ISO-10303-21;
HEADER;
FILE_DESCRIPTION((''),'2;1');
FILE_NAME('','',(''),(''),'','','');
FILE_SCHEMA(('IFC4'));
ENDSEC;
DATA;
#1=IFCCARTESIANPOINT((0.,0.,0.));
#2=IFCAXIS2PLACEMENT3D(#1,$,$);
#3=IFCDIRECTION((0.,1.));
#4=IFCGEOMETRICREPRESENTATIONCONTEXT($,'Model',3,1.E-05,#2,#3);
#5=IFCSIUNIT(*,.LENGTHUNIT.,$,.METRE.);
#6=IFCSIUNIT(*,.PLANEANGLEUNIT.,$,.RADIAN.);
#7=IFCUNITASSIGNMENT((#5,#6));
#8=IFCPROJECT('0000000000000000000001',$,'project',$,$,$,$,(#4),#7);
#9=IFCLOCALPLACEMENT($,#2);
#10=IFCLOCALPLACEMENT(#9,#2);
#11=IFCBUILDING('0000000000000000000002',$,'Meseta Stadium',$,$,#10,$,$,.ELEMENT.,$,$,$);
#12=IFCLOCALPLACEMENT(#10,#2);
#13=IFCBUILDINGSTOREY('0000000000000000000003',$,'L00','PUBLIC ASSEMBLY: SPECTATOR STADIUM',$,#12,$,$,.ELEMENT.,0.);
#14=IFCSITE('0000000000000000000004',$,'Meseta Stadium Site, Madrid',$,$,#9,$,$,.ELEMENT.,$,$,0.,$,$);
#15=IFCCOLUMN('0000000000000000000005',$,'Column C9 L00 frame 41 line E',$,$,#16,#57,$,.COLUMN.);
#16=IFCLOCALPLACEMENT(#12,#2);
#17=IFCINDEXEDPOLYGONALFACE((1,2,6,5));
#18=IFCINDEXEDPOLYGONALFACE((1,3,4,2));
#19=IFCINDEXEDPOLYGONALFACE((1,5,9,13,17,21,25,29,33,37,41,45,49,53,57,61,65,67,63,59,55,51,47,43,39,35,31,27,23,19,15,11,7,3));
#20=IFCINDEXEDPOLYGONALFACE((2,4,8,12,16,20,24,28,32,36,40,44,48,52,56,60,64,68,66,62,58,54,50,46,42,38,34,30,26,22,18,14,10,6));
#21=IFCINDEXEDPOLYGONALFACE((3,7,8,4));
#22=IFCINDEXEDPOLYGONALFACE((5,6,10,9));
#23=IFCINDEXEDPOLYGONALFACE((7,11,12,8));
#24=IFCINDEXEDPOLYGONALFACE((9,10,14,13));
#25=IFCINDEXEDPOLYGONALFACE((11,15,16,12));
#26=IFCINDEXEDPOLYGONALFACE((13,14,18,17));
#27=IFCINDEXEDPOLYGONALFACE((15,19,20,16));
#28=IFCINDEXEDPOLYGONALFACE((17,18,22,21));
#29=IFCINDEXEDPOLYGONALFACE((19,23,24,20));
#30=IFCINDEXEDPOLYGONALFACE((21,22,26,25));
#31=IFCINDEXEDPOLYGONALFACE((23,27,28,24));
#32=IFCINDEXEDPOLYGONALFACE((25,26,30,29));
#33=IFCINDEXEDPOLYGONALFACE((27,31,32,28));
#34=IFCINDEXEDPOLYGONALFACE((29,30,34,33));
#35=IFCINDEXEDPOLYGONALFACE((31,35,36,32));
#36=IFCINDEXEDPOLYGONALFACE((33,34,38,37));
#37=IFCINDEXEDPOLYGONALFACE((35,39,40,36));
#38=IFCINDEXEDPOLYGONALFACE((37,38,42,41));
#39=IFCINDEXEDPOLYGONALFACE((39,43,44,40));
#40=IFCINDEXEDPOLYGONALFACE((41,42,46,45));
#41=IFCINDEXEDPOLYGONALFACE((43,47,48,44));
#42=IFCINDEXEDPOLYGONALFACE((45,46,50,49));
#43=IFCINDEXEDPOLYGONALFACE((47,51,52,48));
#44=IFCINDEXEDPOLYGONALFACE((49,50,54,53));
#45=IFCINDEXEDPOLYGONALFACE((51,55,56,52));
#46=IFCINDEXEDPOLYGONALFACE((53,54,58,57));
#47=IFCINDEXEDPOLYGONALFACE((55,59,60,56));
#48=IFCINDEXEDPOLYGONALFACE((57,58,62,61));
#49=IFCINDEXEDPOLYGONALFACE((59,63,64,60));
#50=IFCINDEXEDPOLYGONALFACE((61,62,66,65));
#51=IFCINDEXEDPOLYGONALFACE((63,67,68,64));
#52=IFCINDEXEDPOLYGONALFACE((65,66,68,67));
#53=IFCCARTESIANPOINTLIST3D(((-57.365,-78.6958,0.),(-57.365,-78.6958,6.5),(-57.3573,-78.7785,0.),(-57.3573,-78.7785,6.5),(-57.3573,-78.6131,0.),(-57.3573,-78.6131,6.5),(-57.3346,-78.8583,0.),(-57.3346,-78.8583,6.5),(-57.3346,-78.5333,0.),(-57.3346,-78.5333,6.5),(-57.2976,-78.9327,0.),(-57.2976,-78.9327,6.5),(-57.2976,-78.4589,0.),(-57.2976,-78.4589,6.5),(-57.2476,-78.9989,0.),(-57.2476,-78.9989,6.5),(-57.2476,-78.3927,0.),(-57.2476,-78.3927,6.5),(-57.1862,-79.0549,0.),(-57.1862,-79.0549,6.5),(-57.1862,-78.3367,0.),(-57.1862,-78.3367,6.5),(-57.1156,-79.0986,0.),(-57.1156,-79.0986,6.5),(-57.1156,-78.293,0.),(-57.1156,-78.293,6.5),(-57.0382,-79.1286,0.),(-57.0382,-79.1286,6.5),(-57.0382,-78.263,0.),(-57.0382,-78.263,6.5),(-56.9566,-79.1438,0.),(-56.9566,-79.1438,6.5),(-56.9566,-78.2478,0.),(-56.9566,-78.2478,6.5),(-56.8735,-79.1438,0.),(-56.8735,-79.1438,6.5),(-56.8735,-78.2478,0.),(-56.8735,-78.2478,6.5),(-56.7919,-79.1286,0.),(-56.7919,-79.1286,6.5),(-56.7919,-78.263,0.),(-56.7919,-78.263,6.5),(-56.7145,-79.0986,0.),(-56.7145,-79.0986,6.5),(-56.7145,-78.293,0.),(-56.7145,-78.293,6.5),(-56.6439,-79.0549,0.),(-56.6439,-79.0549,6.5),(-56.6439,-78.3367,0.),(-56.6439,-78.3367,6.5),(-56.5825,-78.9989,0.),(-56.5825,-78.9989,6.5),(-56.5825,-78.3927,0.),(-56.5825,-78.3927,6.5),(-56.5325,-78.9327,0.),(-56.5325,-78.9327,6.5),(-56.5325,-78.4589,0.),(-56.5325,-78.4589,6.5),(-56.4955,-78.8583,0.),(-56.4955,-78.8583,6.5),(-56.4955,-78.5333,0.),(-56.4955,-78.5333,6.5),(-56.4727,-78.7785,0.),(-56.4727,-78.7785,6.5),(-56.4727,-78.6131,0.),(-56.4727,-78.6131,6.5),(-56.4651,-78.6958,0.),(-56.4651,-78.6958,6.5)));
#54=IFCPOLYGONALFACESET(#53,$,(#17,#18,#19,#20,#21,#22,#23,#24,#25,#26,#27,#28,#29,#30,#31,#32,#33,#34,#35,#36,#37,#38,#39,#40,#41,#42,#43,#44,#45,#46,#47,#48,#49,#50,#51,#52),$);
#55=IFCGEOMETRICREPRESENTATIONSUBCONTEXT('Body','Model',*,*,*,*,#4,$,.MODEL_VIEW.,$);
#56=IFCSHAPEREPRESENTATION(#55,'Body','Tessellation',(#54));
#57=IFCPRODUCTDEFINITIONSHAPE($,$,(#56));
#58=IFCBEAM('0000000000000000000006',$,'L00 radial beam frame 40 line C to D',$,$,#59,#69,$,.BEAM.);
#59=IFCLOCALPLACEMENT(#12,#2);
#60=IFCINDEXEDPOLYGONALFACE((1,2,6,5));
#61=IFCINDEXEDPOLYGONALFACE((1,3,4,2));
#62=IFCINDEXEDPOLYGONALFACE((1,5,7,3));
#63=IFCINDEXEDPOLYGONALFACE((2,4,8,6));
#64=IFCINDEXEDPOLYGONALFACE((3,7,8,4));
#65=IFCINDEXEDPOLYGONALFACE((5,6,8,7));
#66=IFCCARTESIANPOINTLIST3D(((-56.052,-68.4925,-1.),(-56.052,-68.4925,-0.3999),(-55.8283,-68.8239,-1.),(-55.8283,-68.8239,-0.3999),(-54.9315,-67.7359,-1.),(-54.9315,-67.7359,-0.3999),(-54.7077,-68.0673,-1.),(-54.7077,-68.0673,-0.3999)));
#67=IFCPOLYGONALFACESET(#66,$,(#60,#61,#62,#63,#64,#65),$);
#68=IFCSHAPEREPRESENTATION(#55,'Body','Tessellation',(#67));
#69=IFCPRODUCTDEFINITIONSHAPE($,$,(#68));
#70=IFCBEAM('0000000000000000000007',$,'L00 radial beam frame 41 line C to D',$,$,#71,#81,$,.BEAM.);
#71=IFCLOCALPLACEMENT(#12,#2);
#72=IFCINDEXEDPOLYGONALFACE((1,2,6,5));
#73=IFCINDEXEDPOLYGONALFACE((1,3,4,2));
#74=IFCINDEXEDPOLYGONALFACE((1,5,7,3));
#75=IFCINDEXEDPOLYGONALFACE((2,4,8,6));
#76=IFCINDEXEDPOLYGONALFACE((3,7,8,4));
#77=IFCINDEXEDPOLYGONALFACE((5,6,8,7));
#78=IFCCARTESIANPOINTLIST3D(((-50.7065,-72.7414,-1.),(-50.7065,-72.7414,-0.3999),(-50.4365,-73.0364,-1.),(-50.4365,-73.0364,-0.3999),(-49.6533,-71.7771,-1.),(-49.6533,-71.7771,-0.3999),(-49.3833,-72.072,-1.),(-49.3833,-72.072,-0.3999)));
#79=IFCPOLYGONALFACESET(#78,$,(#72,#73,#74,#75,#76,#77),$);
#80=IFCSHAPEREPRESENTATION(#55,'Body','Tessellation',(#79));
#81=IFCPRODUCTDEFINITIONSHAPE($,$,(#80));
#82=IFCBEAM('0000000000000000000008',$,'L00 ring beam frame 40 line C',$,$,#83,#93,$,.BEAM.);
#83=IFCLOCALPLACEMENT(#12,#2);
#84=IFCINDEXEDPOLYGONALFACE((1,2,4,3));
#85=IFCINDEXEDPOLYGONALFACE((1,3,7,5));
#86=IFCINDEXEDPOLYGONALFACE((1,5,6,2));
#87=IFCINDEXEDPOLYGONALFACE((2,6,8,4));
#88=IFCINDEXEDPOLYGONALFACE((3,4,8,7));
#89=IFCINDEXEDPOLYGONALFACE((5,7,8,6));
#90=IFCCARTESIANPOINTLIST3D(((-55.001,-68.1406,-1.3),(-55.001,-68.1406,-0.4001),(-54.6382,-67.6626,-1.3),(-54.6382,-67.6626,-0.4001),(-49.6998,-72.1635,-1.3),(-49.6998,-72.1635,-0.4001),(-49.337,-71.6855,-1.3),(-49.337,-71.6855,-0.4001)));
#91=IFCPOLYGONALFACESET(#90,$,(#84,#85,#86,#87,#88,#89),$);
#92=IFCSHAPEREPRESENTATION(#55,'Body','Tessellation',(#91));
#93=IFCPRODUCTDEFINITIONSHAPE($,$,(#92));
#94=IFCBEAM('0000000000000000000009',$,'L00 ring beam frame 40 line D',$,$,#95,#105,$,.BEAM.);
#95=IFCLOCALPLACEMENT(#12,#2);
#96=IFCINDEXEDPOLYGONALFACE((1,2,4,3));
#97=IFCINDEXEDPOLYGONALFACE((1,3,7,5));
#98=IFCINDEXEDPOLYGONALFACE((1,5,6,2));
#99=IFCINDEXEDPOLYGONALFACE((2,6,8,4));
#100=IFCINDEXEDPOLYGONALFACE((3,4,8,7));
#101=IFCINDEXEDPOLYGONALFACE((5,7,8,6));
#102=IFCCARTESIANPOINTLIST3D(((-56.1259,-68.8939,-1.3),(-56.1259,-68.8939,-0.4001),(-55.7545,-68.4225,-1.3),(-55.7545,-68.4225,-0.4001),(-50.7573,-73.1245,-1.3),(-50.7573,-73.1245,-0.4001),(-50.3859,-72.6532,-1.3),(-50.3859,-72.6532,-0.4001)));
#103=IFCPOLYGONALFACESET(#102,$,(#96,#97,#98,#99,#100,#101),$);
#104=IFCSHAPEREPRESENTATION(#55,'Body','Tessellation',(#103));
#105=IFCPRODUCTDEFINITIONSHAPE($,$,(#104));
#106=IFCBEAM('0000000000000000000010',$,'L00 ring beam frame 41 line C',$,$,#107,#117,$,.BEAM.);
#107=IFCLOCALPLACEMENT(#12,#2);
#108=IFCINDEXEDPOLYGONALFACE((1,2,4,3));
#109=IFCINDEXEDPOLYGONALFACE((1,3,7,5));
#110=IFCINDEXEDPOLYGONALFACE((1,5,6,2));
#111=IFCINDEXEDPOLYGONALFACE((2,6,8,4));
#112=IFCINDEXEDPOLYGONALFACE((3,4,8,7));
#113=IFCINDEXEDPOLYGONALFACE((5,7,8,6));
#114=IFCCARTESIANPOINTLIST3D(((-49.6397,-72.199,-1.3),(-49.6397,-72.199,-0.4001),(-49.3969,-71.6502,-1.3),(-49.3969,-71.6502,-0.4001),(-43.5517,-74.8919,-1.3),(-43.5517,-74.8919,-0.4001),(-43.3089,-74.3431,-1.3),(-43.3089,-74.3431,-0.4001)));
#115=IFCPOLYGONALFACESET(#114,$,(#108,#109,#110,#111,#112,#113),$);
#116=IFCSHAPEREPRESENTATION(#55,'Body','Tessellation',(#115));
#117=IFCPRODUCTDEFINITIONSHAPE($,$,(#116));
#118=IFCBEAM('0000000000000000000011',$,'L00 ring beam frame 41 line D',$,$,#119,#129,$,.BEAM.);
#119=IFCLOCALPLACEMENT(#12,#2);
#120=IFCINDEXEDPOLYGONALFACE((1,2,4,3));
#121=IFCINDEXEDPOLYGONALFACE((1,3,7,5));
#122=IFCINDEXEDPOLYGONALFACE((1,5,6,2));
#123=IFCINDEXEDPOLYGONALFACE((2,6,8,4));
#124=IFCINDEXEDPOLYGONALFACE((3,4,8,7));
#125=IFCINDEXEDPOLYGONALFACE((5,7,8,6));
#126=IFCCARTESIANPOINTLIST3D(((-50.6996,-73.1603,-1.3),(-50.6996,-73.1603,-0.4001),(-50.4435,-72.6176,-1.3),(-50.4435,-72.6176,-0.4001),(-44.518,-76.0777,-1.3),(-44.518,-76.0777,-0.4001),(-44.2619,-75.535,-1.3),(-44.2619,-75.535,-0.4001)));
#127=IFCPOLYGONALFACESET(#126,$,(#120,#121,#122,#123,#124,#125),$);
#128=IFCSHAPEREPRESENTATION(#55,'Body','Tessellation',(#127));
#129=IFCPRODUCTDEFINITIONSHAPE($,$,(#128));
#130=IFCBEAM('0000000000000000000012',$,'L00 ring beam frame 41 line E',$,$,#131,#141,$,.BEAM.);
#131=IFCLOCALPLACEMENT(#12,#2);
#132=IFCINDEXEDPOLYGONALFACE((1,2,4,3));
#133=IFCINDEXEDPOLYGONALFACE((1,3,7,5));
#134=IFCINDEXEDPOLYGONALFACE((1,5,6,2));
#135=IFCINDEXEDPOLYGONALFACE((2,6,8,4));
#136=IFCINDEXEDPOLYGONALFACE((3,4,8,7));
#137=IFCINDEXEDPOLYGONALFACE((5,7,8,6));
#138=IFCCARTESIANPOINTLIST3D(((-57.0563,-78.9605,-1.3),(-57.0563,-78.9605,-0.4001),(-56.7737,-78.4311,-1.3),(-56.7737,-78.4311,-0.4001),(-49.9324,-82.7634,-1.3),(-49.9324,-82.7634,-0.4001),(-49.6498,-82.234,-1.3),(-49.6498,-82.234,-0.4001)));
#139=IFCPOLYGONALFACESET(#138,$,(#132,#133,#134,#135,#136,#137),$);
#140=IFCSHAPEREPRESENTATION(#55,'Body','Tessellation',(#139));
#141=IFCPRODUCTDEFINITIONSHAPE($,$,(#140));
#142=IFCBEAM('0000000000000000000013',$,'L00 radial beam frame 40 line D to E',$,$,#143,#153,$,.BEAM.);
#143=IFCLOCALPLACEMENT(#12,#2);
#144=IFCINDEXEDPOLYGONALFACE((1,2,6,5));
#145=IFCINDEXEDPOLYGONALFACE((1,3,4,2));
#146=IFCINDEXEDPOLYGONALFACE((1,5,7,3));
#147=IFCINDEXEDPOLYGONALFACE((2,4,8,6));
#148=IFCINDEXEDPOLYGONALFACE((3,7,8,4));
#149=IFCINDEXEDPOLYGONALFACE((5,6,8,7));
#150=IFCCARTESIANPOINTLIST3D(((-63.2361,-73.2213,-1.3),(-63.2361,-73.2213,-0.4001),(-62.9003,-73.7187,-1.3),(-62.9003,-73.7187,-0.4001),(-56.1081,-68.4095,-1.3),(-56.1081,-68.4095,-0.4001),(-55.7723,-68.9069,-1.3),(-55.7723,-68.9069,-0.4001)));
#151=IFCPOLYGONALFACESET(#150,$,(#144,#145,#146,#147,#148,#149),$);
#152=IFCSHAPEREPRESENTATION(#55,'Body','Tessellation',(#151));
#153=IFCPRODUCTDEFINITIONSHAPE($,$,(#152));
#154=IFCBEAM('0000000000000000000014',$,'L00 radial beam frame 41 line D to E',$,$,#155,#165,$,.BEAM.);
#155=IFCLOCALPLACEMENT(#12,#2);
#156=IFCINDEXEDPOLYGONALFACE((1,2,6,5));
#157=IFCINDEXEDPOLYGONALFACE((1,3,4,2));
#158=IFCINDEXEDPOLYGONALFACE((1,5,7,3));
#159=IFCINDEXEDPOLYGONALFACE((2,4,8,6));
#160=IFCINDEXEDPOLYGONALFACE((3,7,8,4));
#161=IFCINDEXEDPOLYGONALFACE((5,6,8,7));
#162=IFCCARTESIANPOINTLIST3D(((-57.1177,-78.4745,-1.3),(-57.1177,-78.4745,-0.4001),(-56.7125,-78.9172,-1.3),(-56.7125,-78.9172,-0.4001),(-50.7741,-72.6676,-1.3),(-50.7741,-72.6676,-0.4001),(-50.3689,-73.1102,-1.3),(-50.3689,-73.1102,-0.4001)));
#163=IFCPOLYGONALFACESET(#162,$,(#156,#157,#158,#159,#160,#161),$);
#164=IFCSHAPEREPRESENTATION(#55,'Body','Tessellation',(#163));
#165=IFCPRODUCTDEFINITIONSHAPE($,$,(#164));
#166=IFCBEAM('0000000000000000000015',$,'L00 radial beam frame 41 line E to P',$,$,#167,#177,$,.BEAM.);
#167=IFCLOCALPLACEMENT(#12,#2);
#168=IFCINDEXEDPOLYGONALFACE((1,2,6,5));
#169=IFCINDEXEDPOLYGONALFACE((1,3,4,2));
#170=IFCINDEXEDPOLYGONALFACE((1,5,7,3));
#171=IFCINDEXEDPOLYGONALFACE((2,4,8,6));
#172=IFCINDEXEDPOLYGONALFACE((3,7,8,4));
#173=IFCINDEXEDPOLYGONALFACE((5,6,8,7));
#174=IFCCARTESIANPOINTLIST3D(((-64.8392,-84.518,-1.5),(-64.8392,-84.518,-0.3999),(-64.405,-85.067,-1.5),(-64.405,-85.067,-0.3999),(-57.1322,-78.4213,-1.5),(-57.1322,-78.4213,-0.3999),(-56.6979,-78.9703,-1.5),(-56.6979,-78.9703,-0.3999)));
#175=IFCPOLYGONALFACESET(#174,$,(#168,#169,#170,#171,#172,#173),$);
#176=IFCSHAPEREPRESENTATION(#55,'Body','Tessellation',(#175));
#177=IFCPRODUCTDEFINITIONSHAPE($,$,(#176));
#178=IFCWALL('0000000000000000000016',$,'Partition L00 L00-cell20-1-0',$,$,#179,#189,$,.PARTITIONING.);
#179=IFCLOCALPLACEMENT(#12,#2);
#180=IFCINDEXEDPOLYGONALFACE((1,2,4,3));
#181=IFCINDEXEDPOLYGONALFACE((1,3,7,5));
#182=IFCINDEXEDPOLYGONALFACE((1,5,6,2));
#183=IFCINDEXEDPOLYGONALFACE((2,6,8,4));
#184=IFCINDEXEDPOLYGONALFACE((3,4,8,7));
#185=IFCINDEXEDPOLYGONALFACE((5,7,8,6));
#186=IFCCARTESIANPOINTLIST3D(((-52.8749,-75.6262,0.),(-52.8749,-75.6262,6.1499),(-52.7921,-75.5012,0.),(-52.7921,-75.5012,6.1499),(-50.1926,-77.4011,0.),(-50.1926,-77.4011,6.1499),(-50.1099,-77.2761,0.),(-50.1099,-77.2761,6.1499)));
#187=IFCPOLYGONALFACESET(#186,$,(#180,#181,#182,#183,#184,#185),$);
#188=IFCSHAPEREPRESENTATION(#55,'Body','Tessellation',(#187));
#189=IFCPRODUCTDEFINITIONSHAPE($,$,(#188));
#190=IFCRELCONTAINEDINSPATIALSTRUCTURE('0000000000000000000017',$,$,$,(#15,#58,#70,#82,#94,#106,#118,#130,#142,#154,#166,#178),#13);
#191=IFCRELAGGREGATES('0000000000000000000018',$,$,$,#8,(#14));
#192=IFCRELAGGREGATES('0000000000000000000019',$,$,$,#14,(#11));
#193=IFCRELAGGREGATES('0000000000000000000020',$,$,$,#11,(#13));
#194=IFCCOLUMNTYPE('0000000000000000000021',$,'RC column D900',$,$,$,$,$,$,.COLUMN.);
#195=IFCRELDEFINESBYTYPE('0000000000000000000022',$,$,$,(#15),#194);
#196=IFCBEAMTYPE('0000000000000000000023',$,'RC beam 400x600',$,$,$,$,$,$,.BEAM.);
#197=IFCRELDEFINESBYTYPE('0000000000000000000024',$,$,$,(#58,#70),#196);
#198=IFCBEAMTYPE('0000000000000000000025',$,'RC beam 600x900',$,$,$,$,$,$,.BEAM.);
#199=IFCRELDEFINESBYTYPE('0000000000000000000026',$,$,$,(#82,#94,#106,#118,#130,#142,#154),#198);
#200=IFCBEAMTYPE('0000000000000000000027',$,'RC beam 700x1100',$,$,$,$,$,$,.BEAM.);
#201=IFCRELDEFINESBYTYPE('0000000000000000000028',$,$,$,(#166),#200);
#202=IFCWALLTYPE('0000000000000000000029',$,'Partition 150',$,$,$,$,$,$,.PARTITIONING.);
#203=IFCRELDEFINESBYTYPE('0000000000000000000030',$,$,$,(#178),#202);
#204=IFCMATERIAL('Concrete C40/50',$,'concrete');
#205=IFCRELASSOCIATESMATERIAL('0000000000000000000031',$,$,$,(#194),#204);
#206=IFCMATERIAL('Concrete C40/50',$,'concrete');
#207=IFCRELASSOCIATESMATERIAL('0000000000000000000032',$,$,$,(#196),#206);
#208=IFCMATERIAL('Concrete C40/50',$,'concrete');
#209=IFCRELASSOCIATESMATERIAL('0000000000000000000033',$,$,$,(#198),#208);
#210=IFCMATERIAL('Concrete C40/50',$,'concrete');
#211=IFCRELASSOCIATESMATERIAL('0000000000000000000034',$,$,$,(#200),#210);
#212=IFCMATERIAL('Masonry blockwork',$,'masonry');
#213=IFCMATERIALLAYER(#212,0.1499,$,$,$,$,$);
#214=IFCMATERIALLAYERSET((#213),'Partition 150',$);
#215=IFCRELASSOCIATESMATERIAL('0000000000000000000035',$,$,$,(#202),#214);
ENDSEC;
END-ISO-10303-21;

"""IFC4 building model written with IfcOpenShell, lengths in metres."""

from ifc_helpers import new_model, si_unit, direction, frame, frame_2d, origin, origin_2d, place, context, subcontext, project, spatial, rectangle, circle, extrude, material, layer, layer_set, material_profile, profile_set, type_object, element, save


model = new_model("IFC4")

# Units and contexts
model_context = context("Model", 3, precision=1e-05, world=origin(), true_north=direction((0.0, 1.0)))
body_context = subcontext(model_context, "Body", "Model", "MODEL_VIEW")
ifc_project = project(units=[si_unit("LENGTHUNIT", "METRE"), si_unit("PLANEANGLEUNIT", "RADIAN")], contexts=[model_context])

# Site, building, storey
site_placement = place(None, origin())
site = spatial("IfcSite", under=ifc_project, at=site_placement, Name="Meseta Stadium Site, Madrid", CompositionType="ELEMENT", RefElevation=0.0)
building_placement = place(site_placement, origin())
building = spatial("IfcBuilding", under=site, at=building_placement, Name="Meseta Stadium", CompositionType="ELEMENT")
storey_placement = place(building_placement, origin())
storey = spatial("IfcBuildingStorey", under=building, at=storey_placement, Name="L00", Description="PUBLIC ASSEMBLY: SPECTATOR STADIUM", CompositionType="ELEMENT", Elevation=0.0)

# Column
ifc_material_1 = material(Name="Concrete C40/50", Category="concrete")
ifc_material_profile_1 = material_profile(ifc_material_1, circle(Radius=0.45, at=origin_2d()), Name="RC D900")
ifc_profile_set_1 = profile_set([ifc_material_profile_1], Name="Concrete C40/50")
column_type_1 = type_object("IfcColumnType", Name="RC column D900", PredefinedType="COLUMN", material=ifc_profile_set_1)
for number, where, z_axis, x_axis, name in (
    (1, (-56.915, -78.6958, 0.0), (0.0, 0.0, 1.0), (1.0, 0.0, 0.0), "Column C9 L00 frame 41 line E"),
):
    element("IfcColumn", number, at=place(storey_placement, frame(where, z_axis=z_axis, x_axis=x_axis)), inside=storey, type_object=column_type_1, Name=name, PredefinedType="COLUMN", context=body_context, shape_type="SweptSolid", body=[
        extrude(circle(Radius=0.45, at=origin_2d()), origin(), (0.0, 0.0, 1.0), 6.5),
    ])

# Beams
ifc_material_2 = material(Name="Concrete C40/50", Category="concrete")
ifc_material_profile_2 = material_profile(ifc_material_2, rectangle(XDim=0.3999, YDim=0.6001, at=origin_2d()), Name="RC 400x600")
ifc_profile_set_2 = profile_set([ifc_material_profile_2], Name="Concrete C40/50")
beam_type_1 = type_object("IfcBeamType", Name="RC beam 400x600", PredefinedType="BEAM", material=ifc_profile_set_2)
beam_1_placement = place(storey_placement, frame((-54.8196, -67.9016, -0.7), z_axis=(-0.828786, -0.559566, 0.0), x_axis=(0.559566, -0.828786, 0.0)))
element("IfcBeam", 2, at=beam_1_placement, inside=storey, type_object=beam_type_1, Name="L00 radial beam frame 40 line C to D", PredefinedType="BEAM", context=body_context, shape_type="SweptSolid", body=[
    extrude(rectangle(XDim=0.3999, YDim=0.6001, at=origin_2d()), origin(), (0.0, 0.0, 1.0), 1.3521),
])
beam_2_placement = place(storey_placement, frame((-49.5183, -71.9246, -0.7), z_axis=(-0.737537, -0.675306, 0.0), x_axis=(0.675306, -0.737537, 0.0)))
element("IfcBeam", 3, at=beam_2_placement, inside=storey, type_object=beam_type_1, Name="L00 radial beam frame 41 line C to D", PredefinedType="BEAM", context=body_context, shape_type="SweptSolid", body=[
    extrude(rectangle(XDim=0.3999, YDim=0.6001, at=origin_2d()), origin(), (0.0, 0.0, 1.0), 1.428),
])
ifc_material_3 = material(Name="Concrete C40/50", Category="concrete")
ifc_material_profile_3 = material_profile(ifc_material_3, rectangle(XDim=0.6001, YDim=0.8999, at=origin_2d()), Name="RC 600x900")
ifc_profile_set_3 = profile_set([ifc_material_profile_3], Name="Concrete C40/50")
beam_type_2 = type_object("IfcBeamType", Name="RC beam 600x900", PredefinedType="BEAM", material=ifc_profile_set_3)
beam_3_placement = place(storey_placement, frame((-54.8196, -67.9016, -0.8501), z_axis=(0.796597, -0.60451, 0.0), x_axis=(0.60451, 0.796597, 0.0)))
element("IfcBeam", 4, at=beam_3_placement, inside=storey, type_object=beam_type_2, Name="L00 ring beam frame 40 line C", PredefinedType="BEAM", context=body_context, shape_type="SweptSolid", body=[
    extrude(rectangle(XDim=0.6001, YDim=0.8999, at=origin_2d()), origin(), (0.0, 0.0, 1.0), 6.6548),
])
beam_4_placement = place(storey_placement, frame((-55.9402, -68.6582, -0.8501), z_axis=(0.78543, -0.61895, 0.0), x_axis=(0.61895, 0.78543, 0.0)))
element("IfcBeam", 5, at=beam_4_placement, inside=storey, type_object=beam_type_2, Name="L00 ring beam frame 40 line D", PredefinedType="BEAM", context=body_context, shape_type="SweptSolid", body=[
    extrude(rectangle(XDim=0.6001, YDim=0.8999, at=origin_2d()), origin(), (0.0, 0.0, 1.0), 6.8352),
])
beam_5_placement = place(storey_placement, frame((-49.5183, -71.9246, -0.8501), z_axis=(0.914527, -0.404525, 0.0), x_axis=(0.404525, 0.914527, 0.0)))
element("IfcBeam", 6, at=beam_5_placement, inside=storey, type_object=beam_type_2, Name="L00 ring beam frame 41 line C", PredefinedType="BEAM", context=body_context, shape_type="SweptSolid", body=[
    extrude(rectangle(XDim=0.6001, YDim=0.8999, at=origin_2d()), origin(), (0.0, 0.0, 1.0), 6.657),
])
beam_6_placement = place(storey_placement, frame((-50.5715, -72.8889, -0.8501), z_axis=(0.904341, -0.426812, 0.0), x_axis=(0.426812, 0.904341, 0.0)))
element("IfcBeam", 7, at=beam_6_placement, inside=storey, type_object=beam_type_2, Name="L00 ring beam frame 41 line D", PredefinedType="BEAM", context=body_context, shape_type="SweptSolid", body=[
    extrude(rectangle(XDim=0.6001, YDim=0.8999, at=origin_2d()), origin(), (0.0, 0.0, 1.0), 6.8354),
])
beam_7_placement = place(storey_placement, frame((-56.915, -78.6958, -0.8501), z_axis=(0.882173, -0.470926, 0.0), x_axis=(0.470926, 0.882173, 0.0)))
element("IfcBeam", 8, at=beam_7_placement, inside=storey, type_object=beam_type_2, Name="L00 ring beam frame 41 line E", PredefinedType="BEAM", context=body_context, shape_type="SweptSolid", body=[
    extrude(rectangle(XDim=0.6001, YDim=0.8999, at=origin_2d()), origin(), (0.0, 0.0, 1.0), 8.0754),
])
for number, where, z_axis, x_axis, name in (
    (9, (-55.9402, -68.6582, -0.8501), (-0.828826, -0.559506, 0.0), (0.559506, -0.828826, 0.0), "L00 radial beam frame 40 line D to E"),
    (10, (-50.5715, -72.8889, -0.8501), (-0.737617, -0.675219, 0.0), (0.675219, -0.737617, 0.0), "L00 radial beam frame 41 line D to E"),
):
    element("IfcBeam", number, at=place(storey_placement, frame(where, z_axis=z_axis, x_axis=x_axis)), inside=storey, type_object=beam_type_2, Name=name, PredefinedType="BEAM", context=body_context, shape_type="SweptSolid", body=[
        extrude(rectangle(XDim=0.6001, YDim=0.8999, at=origin_2d()), origin(), (0.0, 0.0, 1.0), 8.6001),
    ])
ifc_material_4 = material(Name="Concrete C40/50", Category="concrete")
ifc_material_profile_4 = material_profile(ifc_material_4, rectangle(XDim=0.7, YDim=1.1001, at=origin_2d()), Name="RC 700x1100")
ifc_profile_set_4 = profile_set([ifc_material_profile_4], Name="Concrete C40/50")
beam_type_3 = type_object("IfcBeamType", Name="RC beam 700x1100", PredefinedType="BEAM", material=ifc_profile_set_4)
beam_8_placement = place(storey_placement, frame((-56.915, -78.6958, -0.95), z_axis=(-0.78428, -0.620408, 0.0), x_axis=(0.620408, -0.78428, 0.0)))
element("IfcBeam", 11, at=beam_8_placement, inside=storey, type_object=beam_type_3, Name="L00 radial beam frame 41 line E to P", PredefinedType="BEAM", context=body_context, shape_type="SweptSolid", body=[
    extrude(rectangle(XDim=0.7, YDim=1.1001, at=origin_2d()), origin(), (0.0, 0.0, 1.0), 9.8269),
])

# Wall
ifc_material_5 = material(Name="Masonry blockwork", Category="masonry")
ifc_layer = layer(ifc_material_5, 0.1499)
ifc_layer_set = layer_set([ifc_layer], Name="Partition 150")
wall_type = type_object("IfcWallType", Name="Partition 150", PredefinedType="PARTITIONING", material=ifc_layer_set)
wall_1_placement = place(storey_placement, frame((-52.8335, -75.5637, 0.0), z_axis=(0.0, 0.0, 1.0), x_axis=(0.83396, -0.551824, 0.0)))
element("IfcWall", 12, at=wall_1_placement, inside=storey, type_object=wall_type, Name="Partition L00 L00-cell20-1-0", PredefinedType="PARTITIONING", context=body_context, shape_type="SweptSolid", body=[
    extrude(rectangle(XDim=3.2163, YDim=0.1499, at=frame_2d((1.6082, 0.0))), origin(), (0.0, 0.0, 1.0), 6.1499),
])

save(model, "model.ifc")
